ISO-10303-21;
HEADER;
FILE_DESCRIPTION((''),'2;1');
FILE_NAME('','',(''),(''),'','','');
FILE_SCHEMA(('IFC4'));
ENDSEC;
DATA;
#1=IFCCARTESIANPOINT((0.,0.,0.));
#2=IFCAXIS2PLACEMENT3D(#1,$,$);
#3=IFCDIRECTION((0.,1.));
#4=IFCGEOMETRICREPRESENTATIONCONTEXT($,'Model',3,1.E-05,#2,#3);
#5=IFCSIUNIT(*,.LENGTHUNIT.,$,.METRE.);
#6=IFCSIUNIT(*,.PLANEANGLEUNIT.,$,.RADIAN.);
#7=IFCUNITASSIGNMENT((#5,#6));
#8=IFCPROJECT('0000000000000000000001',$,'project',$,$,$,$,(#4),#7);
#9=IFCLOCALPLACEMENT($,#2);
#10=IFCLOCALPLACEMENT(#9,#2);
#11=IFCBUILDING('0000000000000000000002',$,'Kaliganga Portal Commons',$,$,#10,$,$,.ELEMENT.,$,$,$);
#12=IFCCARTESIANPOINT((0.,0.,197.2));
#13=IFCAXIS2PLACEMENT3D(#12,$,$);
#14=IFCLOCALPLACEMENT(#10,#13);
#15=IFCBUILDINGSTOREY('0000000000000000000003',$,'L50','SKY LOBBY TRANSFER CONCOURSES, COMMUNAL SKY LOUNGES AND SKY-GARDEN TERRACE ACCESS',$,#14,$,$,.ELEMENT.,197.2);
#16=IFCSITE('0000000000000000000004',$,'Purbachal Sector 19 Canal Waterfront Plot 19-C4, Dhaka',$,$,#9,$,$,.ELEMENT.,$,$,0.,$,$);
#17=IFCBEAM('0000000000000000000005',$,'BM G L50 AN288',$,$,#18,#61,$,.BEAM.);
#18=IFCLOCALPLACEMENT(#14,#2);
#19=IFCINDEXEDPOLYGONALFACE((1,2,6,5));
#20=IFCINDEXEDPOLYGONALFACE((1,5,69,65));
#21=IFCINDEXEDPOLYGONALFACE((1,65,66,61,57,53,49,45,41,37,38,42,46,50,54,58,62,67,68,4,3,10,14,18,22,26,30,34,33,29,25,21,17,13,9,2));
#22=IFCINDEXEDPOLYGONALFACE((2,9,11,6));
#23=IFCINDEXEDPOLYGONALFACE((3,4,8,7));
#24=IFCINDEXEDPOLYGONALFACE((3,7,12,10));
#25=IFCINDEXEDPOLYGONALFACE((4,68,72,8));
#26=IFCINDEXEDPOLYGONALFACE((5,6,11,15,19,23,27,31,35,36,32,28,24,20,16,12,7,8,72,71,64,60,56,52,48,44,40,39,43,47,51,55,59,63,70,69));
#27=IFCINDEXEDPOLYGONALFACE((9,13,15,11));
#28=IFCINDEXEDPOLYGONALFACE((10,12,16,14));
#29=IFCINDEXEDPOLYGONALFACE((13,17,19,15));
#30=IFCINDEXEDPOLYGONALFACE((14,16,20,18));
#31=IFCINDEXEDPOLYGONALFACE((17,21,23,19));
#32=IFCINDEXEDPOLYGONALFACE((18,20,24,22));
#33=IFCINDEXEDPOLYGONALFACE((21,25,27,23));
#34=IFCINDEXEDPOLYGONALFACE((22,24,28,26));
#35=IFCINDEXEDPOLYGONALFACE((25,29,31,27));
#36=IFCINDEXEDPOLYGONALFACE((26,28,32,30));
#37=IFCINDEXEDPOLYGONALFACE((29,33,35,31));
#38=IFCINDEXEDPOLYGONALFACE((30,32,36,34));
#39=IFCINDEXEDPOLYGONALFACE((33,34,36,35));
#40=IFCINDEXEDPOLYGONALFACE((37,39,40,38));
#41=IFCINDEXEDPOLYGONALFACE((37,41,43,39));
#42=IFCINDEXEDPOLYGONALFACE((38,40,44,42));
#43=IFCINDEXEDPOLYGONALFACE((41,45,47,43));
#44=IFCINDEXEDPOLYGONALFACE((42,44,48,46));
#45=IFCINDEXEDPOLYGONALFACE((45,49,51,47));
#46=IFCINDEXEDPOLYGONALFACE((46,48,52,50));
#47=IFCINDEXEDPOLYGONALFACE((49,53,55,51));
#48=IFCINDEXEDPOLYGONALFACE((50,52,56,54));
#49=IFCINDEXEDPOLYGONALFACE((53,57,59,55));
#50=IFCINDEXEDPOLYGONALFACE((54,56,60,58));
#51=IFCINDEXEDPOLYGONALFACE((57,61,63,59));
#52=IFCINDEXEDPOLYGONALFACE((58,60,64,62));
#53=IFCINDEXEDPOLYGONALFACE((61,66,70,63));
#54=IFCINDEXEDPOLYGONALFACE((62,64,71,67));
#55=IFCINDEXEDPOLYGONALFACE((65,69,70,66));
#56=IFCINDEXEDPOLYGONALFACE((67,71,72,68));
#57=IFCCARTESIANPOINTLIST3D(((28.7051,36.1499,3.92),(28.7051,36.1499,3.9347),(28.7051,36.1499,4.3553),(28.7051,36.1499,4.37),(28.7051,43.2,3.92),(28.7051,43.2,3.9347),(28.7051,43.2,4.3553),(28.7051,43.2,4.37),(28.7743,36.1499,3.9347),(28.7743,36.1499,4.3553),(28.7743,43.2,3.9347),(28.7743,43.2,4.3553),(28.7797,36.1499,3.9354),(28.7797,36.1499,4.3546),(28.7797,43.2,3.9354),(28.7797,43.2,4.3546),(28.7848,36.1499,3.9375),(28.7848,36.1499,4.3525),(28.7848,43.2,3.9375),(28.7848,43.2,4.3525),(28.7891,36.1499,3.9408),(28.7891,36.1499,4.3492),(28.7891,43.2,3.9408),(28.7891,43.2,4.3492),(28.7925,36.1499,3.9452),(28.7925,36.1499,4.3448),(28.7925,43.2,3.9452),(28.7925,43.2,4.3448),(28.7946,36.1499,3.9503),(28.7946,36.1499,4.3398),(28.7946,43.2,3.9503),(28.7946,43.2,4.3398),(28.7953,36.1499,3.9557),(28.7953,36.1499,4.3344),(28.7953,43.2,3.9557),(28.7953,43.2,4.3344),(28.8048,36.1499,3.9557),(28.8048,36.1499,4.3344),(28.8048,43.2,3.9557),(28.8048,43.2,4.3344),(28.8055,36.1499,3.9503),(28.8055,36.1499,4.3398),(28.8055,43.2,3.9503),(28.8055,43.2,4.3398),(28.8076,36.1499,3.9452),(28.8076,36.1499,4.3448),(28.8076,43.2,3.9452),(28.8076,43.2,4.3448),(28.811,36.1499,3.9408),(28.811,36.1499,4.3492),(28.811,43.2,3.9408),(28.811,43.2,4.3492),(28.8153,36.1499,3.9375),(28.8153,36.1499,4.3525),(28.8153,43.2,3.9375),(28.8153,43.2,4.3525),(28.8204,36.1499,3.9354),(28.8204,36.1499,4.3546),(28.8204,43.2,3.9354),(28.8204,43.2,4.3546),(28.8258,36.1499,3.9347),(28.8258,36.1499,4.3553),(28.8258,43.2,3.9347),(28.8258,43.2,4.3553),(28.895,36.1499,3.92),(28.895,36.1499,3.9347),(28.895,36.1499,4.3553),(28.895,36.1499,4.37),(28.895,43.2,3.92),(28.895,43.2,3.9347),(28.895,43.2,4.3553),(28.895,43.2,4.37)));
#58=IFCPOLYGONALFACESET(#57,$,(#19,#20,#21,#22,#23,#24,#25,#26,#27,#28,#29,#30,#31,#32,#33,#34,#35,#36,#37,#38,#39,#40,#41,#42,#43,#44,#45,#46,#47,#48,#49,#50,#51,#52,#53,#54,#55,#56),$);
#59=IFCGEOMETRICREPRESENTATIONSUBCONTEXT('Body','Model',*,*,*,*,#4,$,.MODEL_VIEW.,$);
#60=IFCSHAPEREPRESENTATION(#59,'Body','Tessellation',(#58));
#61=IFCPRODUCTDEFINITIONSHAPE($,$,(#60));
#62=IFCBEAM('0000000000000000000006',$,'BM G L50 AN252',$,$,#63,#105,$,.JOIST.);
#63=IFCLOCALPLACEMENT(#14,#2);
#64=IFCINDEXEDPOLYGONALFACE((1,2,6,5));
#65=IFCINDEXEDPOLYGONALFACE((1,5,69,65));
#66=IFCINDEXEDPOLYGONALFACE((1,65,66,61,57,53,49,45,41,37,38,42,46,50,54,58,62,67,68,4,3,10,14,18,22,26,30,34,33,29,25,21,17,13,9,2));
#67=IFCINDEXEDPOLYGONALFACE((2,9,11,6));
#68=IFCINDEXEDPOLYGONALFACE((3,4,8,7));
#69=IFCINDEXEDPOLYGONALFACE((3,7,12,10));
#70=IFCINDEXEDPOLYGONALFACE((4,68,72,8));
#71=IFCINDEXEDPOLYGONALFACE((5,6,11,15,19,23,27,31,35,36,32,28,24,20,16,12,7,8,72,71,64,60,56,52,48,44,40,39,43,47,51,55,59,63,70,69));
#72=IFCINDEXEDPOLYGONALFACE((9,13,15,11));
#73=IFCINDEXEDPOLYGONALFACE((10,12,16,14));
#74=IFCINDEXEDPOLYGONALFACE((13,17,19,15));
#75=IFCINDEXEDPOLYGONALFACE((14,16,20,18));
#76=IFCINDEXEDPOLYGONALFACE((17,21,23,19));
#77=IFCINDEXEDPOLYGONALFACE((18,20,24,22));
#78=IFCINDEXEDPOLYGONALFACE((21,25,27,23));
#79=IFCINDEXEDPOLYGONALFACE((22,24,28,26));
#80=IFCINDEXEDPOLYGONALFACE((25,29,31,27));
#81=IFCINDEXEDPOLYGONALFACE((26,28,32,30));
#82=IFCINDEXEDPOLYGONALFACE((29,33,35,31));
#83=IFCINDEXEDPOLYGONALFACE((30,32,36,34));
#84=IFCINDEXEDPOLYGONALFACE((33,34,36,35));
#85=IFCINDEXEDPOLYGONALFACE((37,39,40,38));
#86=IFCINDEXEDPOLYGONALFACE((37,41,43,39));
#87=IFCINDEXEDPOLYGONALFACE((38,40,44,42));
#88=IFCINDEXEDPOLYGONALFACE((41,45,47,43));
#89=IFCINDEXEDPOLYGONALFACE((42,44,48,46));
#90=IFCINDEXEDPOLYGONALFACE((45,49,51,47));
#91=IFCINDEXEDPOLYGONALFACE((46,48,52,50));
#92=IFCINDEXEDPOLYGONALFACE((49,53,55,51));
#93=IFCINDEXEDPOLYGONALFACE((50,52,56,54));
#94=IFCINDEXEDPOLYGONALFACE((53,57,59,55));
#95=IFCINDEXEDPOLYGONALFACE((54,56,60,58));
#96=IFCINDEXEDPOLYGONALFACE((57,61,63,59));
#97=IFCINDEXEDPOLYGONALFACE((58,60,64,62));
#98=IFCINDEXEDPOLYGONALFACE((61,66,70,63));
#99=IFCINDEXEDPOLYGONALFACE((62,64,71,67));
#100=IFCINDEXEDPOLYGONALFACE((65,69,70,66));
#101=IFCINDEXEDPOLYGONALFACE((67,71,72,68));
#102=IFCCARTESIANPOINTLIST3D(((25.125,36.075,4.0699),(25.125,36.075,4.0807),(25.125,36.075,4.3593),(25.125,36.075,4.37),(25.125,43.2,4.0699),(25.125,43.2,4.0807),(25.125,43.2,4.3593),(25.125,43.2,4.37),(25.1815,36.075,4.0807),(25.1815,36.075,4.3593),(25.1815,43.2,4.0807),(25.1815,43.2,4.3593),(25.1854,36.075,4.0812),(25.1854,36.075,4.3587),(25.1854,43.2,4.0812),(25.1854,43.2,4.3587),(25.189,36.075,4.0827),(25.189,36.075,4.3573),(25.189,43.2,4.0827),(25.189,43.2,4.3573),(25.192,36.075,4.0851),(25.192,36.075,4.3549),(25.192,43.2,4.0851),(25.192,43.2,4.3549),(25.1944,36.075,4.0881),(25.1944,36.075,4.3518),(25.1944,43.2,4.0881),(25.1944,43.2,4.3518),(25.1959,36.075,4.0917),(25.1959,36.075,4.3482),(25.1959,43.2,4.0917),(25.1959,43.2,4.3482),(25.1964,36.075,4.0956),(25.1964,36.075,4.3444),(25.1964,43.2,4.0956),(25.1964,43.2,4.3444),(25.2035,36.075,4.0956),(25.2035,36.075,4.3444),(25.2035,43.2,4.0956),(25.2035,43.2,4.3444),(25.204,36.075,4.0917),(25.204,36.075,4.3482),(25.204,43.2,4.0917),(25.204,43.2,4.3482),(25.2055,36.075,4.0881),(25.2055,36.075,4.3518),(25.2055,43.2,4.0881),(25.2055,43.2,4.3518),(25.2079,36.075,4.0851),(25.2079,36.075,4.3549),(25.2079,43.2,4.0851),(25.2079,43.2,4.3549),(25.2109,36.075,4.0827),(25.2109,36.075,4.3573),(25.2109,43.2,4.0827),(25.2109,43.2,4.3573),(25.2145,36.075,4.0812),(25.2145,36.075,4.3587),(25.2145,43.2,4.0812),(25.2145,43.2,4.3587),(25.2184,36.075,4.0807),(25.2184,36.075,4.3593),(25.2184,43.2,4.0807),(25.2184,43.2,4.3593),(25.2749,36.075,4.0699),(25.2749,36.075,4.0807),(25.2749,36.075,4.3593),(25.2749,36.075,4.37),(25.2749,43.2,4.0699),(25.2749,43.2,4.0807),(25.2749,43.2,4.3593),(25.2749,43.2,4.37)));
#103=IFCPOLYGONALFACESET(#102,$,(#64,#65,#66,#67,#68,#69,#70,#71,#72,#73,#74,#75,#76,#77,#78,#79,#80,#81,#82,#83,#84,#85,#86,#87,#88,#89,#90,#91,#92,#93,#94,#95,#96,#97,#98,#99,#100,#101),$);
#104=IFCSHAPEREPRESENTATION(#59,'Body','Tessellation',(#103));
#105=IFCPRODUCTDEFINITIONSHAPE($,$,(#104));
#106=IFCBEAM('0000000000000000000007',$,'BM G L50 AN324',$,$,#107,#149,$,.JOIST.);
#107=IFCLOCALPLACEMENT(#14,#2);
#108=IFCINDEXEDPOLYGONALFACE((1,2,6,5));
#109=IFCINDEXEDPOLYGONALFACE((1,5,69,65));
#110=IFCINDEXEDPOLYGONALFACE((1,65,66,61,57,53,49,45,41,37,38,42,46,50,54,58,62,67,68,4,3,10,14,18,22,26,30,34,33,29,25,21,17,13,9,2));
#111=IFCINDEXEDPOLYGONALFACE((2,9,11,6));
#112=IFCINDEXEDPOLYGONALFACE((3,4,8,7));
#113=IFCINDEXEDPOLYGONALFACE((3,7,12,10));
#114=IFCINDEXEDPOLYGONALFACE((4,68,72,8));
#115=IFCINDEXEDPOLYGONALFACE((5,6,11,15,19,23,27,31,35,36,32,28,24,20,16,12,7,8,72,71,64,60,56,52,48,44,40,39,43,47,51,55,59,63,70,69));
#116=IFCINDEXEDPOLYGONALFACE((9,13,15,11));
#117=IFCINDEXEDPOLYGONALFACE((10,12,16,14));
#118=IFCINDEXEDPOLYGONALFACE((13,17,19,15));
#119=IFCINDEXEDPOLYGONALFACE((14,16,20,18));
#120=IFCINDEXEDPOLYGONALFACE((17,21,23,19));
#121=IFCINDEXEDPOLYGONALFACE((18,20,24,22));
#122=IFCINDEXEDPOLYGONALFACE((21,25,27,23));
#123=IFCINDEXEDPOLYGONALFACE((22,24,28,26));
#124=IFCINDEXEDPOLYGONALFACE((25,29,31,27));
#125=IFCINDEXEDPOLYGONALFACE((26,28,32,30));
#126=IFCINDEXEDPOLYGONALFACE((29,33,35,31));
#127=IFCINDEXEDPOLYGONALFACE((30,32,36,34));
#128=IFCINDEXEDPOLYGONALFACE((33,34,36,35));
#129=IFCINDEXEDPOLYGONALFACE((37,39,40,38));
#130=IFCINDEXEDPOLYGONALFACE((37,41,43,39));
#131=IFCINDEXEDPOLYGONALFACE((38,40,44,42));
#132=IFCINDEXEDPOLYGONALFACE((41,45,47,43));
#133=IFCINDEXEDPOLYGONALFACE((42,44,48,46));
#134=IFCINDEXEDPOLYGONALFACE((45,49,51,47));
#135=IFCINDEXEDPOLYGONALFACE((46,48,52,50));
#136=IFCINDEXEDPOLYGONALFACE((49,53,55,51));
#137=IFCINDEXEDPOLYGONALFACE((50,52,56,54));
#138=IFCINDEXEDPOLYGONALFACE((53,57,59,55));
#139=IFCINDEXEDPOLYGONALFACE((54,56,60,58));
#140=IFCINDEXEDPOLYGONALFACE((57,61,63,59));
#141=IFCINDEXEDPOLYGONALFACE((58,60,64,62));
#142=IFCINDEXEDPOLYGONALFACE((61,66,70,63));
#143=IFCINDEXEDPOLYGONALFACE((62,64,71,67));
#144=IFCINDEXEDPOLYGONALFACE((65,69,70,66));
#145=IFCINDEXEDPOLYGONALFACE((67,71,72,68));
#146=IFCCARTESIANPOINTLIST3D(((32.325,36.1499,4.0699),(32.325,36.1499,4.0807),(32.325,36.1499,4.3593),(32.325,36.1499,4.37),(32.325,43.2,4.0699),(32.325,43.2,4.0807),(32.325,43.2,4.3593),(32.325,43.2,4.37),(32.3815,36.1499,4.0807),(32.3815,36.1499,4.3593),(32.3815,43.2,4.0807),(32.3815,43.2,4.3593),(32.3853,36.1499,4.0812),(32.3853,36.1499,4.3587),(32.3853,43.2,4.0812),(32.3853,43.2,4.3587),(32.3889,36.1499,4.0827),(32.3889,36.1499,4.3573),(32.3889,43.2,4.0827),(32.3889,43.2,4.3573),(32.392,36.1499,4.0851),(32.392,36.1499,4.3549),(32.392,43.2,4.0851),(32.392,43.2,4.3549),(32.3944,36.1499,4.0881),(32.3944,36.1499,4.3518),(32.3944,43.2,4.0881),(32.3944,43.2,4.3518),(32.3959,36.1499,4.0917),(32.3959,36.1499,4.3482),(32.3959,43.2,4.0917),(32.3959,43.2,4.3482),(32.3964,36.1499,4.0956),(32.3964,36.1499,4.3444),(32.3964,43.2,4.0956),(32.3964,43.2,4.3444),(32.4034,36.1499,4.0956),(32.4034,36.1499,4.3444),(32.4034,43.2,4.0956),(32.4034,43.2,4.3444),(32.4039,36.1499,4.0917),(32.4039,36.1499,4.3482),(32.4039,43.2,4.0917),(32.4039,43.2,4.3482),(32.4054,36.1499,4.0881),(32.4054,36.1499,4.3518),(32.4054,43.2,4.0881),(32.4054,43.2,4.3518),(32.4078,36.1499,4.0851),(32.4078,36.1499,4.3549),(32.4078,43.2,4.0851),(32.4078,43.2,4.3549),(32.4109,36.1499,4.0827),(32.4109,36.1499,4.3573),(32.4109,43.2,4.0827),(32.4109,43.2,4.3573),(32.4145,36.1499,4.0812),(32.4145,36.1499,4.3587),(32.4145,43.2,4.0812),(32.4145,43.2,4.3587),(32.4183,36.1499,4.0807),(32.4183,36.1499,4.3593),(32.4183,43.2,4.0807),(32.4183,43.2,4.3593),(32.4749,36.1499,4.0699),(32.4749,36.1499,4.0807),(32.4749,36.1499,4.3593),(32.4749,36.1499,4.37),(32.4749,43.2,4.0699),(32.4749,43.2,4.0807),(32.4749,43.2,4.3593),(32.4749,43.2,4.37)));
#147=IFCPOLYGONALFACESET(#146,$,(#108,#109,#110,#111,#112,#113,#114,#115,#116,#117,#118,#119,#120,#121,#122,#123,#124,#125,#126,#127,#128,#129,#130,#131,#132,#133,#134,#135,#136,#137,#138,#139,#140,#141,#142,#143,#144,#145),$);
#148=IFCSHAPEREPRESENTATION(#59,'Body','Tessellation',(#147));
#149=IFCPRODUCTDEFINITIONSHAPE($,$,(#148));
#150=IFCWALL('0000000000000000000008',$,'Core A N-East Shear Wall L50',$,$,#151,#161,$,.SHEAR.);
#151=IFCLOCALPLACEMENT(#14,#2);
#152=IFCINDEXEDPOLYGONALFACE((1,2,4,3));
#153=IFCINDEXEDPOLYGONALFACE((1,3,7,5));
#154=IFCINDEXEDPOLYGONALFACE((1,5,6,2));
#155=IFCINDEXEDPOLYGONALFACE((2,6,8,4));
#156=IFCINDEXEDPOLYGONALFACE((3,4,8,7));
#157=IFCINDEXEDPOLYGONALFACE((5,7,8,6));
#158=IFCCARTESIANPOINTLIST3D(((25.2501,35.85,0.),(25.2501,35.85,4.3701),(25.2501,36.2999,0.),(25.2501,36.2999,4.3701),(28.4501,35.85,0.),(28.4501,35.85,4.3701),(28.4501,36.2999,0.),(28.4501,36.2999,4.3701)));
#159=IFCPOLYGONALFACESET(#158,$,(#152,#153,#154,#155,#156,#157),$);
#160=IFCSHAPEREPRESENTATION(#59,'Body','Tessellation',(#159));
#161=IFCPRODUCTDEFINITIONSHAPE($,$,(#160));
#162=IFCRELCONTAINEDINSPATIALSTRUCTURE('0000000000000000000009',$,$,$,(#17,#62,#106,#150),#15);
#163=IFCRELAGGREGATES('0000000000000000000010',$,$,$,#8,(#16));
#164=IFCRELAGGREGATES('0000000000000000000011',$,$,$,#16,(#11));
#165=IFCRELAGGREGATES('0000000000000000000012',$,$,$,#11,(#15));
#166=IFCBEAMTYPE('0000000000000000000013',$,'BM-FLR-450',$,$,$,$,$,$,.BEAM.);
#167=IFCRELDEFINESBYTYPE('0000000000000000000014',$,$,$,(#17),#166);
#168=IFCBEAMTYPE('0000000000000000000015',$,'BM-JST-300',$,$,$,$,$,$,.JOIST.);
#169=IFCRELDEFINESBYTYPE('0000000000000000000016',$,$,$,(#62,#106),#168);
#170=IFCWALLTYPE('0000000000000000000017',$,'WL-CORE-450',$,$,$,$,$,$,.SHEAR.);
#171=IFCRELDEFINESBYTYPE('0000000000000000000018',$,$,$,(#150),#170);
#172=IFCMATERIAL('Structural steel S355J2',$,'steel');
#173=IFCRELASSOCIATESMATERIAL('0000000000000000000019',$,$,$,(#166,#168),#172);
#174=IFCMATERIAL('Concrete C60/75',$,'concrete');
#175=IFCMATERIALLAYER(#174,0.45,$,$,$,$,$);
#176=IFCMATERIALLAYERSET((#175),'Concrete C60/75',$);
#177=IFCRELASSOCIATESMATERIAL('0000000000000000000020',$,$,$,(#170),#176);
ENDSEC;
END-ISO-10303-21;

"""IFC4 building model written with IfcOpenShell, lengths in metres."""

from ifc_helpers import new_model, si_unit, direction, frame, frame_2d, origin, origin_2d, place, context, subcontext, project, spatial, rectangle, i_section, extrude, source, transform, mapped, material, layer, layer_set, material_profile, profile_set, type_object, element, save


model = new_model("IFC4")

# Units and contexts
model_context = context("Model", 3, precision=1e-05, world=origin(), true_north=direction((0.0, 1.0)))
body_context = subcontext(model_context, "Body", "Model", "MODEL_VIEW")
ifc_project = project(units=[si_unit("LENGTHUNIT", "METRE"), si_unit("PLANEANGLEUNIT", "RADIAN")], contexts=[model_context])

# Site, building, storey
site_placement = place(None, origin())
site = spatial("IfcSite", under=ifc_project, at=site_placement, Name="Purbachal Sector 19 Canal Waterfront Plot 19-C4, Dhaka", CompositionType="ELEMENT", RefElevation=0.0)
building_placement = place(site_placement, origin())
building = spatial("IfcBuilding", under=site, at=building_placement, Name="Kaliganga Portal Commons", CompositionType="ELEMENT")
storey_placement = place(building_placement, frame((0.0, 0.0, 197.2)))
storey = spatial("IfcBuildingStorey", under=building, at=storey_placement, Name="L50", Description="SKY LOBBY TRANSFER CONCOURSES, COMMUNAL SKY LOUNGES AND SKY-GARDEN TERRACE ACCESS", CompositionType="ELEMENT", Elevation=197.2)

# Shared definitions
ifc_material_1 = material(Name="Structural steel S355J2", Category="steel")

# Beams
ifc_material_profile_1 = material_profile(ifc_material_1, i_section(OverallWidth=0.1899, OverallDepth=0.45, WebThickness=0.0095, FlangeThickness=0.0146, FilletRadius=0.021, at=origin_2d()), Name="IPE 450")
ifc_profile_set_1 = profile_set([ifc_material_profile_1], Name="Structural steel S355J2 wide-flange")
beam_type_1 = type_object("IfcBeamType", Name="BM-FLR-450", PredefinedType="BEAM", material=ifc_profile_set_1)
shared_shape_1 = source(origin(), body_context, "Body", "SweptSolid", [
    extrude(i_section(OverallWidth=0.1899, OverallDepth=0.45, WebThickness=0.0095, FlangeThickness=0.0146, FilletRadius=0.021, at=origin_2d()), origin(), (0.0, 0.0, 1.0), 7.05),
])
beam_1_placement = place(storey_placement, frame((28.8, 36.1499, 4.145), z_axis=(0.0, 1.0, 0.0), x_axis=(-1.0, 0.0, 0.0)))
element("IfcBeam", 1, at=beam_1_placement, inside=storey, type_object=beam_type_1, Name="BM G L50 AN288", PredefinedType="BEAM", context=body_context, shape_type="MappedRepresentation", body=[
    mapped(shared_shape_1, transform((0.0, 0.0, 0.0), x_axis=(1.0, 0.0, 0.0), y_axis=(0.0, 1.0, 0.0), z_axis=(0.0, 0.0, 1.0), scale=1.0)),
])
ifc_material_profile_2 = material_profile(ifc_material_1, i_section(OverallWidth=0.1499, OverallDepth=0.3, WebThickness=0.0071, FlangeThickness=0.0107, FilletRadius=0.0149, at=origin_2d()), Name="IPE 300")
ifc_profile_set_2 = profile_set([ifc_material_profile_2], Name="Structural steel S355J2 wide-flange")
beam_type_2 = type_object("IfcBeamType", Name="BM-JST-300", PredefinedType="JOIST", material=ifc_profile_set_2)
shared_shape_2 = source(origin(), body_context, "Body", "SweptSolid", [
    extrude(i_section(OverallWidth=0.1499, OverallDepth=0.3, WebThickness=0.0071, FlangeThickness=0.0107, FilletRadius=0.0149, at=origin_2d()), origin(), (0.0, 0.0, 1.0), 7.125),
])
beam_2_placement = place(storey_placement, frame((25.2, 36.075, 4.22), z_axis=(0.0, 1.0, 0.0), x_axis=(-1.0, 0.0, 0.0)))
element("IfcBeam", 2, at=beam_2_placement, inside=storey, type_object=beam_type_2, Name="BM G L50 AN252", PredefinedType="JOIST", context=body_context, shape_type="MappedRepresentation", body=[
    mapped(shared_shape_2, transform((0.0, 0.0, 0.0), x_axis=(1.0, 0.0, 0.0), y_axis=(0.0, 1.0, 0.0), z_axis=(0.0, 0.0, 1.0), scale=1.0)),
])
shared_shape_3 = source(origin(), body_context, "Body", "SweptSolid", [
    extrude(i_section(OverallWidth=0.1499, OverallDepth=0.3, WebThickness=0.0071, FlangeThickness=0.0107, FilletRadius=0.0149, at=origin_2d()), origin(), (0.0, 0.0, 1.0), 7.05),
])
beam_3_placement = place(storey_placement, frame((32.3999, 36.1499, 4.22), z_axis=(0.0, 1.0, 0.0), x_axis=(-1.0, 0.0, 0.0)))
element("IfcBeam", 3, at=beam_3_placement, inside=storey, type_object=beam_type_2, Name="BM G L50 AN324", PredefinedType="JOIST", context=body_context, shape_type="MappedRepresentation", body=[
    mapped(shared_shape_3, transform((0.0, 0.0, 0.0), x_axis=(1.0, 0.0, 0.0), y_axis=(0.0, 1.0, 0.0), z_axis=(0.0, 0.0, 1.0), scale=1.0)),
])

# Wall
ifc_material_2 = material(Name="Concrete C60/75", Category="concrete")
ifc_layer_1 = layer(ifc_material_2, 0.45)
ifc_layer_set_1 = layer_set([ifc_layer_1], Name="Concrete C60/75")
wall_type_1 = type_object("IfcWallType", Name="WL-CORE-450", PredefinedType="SHEAR", material=ifc_layer_set_1)
wall_1_placement = place(storey_placement, frame((25.25, 36.075, 0.0), z_axis=(0.0, 0.0, 1.0), x_axis=(1.0, 0.0, 0.0)))
element("IfcWall", 4, at=wall_1_placement, inside=storey, type_object=wall_type_1, Name="Core A N-East Shear Wall L50", PredefinedType="SHEAR", context=body_context, shape_type="SweptSolid", body=[
    extrude(rectangle(XDim=3.2, YDim=0.45, at=frame_2d((1.6001, 0.0))), origin(), (0.0, 0.0, 1.0), 4.3701),
])

save(model, "model.ifc")
